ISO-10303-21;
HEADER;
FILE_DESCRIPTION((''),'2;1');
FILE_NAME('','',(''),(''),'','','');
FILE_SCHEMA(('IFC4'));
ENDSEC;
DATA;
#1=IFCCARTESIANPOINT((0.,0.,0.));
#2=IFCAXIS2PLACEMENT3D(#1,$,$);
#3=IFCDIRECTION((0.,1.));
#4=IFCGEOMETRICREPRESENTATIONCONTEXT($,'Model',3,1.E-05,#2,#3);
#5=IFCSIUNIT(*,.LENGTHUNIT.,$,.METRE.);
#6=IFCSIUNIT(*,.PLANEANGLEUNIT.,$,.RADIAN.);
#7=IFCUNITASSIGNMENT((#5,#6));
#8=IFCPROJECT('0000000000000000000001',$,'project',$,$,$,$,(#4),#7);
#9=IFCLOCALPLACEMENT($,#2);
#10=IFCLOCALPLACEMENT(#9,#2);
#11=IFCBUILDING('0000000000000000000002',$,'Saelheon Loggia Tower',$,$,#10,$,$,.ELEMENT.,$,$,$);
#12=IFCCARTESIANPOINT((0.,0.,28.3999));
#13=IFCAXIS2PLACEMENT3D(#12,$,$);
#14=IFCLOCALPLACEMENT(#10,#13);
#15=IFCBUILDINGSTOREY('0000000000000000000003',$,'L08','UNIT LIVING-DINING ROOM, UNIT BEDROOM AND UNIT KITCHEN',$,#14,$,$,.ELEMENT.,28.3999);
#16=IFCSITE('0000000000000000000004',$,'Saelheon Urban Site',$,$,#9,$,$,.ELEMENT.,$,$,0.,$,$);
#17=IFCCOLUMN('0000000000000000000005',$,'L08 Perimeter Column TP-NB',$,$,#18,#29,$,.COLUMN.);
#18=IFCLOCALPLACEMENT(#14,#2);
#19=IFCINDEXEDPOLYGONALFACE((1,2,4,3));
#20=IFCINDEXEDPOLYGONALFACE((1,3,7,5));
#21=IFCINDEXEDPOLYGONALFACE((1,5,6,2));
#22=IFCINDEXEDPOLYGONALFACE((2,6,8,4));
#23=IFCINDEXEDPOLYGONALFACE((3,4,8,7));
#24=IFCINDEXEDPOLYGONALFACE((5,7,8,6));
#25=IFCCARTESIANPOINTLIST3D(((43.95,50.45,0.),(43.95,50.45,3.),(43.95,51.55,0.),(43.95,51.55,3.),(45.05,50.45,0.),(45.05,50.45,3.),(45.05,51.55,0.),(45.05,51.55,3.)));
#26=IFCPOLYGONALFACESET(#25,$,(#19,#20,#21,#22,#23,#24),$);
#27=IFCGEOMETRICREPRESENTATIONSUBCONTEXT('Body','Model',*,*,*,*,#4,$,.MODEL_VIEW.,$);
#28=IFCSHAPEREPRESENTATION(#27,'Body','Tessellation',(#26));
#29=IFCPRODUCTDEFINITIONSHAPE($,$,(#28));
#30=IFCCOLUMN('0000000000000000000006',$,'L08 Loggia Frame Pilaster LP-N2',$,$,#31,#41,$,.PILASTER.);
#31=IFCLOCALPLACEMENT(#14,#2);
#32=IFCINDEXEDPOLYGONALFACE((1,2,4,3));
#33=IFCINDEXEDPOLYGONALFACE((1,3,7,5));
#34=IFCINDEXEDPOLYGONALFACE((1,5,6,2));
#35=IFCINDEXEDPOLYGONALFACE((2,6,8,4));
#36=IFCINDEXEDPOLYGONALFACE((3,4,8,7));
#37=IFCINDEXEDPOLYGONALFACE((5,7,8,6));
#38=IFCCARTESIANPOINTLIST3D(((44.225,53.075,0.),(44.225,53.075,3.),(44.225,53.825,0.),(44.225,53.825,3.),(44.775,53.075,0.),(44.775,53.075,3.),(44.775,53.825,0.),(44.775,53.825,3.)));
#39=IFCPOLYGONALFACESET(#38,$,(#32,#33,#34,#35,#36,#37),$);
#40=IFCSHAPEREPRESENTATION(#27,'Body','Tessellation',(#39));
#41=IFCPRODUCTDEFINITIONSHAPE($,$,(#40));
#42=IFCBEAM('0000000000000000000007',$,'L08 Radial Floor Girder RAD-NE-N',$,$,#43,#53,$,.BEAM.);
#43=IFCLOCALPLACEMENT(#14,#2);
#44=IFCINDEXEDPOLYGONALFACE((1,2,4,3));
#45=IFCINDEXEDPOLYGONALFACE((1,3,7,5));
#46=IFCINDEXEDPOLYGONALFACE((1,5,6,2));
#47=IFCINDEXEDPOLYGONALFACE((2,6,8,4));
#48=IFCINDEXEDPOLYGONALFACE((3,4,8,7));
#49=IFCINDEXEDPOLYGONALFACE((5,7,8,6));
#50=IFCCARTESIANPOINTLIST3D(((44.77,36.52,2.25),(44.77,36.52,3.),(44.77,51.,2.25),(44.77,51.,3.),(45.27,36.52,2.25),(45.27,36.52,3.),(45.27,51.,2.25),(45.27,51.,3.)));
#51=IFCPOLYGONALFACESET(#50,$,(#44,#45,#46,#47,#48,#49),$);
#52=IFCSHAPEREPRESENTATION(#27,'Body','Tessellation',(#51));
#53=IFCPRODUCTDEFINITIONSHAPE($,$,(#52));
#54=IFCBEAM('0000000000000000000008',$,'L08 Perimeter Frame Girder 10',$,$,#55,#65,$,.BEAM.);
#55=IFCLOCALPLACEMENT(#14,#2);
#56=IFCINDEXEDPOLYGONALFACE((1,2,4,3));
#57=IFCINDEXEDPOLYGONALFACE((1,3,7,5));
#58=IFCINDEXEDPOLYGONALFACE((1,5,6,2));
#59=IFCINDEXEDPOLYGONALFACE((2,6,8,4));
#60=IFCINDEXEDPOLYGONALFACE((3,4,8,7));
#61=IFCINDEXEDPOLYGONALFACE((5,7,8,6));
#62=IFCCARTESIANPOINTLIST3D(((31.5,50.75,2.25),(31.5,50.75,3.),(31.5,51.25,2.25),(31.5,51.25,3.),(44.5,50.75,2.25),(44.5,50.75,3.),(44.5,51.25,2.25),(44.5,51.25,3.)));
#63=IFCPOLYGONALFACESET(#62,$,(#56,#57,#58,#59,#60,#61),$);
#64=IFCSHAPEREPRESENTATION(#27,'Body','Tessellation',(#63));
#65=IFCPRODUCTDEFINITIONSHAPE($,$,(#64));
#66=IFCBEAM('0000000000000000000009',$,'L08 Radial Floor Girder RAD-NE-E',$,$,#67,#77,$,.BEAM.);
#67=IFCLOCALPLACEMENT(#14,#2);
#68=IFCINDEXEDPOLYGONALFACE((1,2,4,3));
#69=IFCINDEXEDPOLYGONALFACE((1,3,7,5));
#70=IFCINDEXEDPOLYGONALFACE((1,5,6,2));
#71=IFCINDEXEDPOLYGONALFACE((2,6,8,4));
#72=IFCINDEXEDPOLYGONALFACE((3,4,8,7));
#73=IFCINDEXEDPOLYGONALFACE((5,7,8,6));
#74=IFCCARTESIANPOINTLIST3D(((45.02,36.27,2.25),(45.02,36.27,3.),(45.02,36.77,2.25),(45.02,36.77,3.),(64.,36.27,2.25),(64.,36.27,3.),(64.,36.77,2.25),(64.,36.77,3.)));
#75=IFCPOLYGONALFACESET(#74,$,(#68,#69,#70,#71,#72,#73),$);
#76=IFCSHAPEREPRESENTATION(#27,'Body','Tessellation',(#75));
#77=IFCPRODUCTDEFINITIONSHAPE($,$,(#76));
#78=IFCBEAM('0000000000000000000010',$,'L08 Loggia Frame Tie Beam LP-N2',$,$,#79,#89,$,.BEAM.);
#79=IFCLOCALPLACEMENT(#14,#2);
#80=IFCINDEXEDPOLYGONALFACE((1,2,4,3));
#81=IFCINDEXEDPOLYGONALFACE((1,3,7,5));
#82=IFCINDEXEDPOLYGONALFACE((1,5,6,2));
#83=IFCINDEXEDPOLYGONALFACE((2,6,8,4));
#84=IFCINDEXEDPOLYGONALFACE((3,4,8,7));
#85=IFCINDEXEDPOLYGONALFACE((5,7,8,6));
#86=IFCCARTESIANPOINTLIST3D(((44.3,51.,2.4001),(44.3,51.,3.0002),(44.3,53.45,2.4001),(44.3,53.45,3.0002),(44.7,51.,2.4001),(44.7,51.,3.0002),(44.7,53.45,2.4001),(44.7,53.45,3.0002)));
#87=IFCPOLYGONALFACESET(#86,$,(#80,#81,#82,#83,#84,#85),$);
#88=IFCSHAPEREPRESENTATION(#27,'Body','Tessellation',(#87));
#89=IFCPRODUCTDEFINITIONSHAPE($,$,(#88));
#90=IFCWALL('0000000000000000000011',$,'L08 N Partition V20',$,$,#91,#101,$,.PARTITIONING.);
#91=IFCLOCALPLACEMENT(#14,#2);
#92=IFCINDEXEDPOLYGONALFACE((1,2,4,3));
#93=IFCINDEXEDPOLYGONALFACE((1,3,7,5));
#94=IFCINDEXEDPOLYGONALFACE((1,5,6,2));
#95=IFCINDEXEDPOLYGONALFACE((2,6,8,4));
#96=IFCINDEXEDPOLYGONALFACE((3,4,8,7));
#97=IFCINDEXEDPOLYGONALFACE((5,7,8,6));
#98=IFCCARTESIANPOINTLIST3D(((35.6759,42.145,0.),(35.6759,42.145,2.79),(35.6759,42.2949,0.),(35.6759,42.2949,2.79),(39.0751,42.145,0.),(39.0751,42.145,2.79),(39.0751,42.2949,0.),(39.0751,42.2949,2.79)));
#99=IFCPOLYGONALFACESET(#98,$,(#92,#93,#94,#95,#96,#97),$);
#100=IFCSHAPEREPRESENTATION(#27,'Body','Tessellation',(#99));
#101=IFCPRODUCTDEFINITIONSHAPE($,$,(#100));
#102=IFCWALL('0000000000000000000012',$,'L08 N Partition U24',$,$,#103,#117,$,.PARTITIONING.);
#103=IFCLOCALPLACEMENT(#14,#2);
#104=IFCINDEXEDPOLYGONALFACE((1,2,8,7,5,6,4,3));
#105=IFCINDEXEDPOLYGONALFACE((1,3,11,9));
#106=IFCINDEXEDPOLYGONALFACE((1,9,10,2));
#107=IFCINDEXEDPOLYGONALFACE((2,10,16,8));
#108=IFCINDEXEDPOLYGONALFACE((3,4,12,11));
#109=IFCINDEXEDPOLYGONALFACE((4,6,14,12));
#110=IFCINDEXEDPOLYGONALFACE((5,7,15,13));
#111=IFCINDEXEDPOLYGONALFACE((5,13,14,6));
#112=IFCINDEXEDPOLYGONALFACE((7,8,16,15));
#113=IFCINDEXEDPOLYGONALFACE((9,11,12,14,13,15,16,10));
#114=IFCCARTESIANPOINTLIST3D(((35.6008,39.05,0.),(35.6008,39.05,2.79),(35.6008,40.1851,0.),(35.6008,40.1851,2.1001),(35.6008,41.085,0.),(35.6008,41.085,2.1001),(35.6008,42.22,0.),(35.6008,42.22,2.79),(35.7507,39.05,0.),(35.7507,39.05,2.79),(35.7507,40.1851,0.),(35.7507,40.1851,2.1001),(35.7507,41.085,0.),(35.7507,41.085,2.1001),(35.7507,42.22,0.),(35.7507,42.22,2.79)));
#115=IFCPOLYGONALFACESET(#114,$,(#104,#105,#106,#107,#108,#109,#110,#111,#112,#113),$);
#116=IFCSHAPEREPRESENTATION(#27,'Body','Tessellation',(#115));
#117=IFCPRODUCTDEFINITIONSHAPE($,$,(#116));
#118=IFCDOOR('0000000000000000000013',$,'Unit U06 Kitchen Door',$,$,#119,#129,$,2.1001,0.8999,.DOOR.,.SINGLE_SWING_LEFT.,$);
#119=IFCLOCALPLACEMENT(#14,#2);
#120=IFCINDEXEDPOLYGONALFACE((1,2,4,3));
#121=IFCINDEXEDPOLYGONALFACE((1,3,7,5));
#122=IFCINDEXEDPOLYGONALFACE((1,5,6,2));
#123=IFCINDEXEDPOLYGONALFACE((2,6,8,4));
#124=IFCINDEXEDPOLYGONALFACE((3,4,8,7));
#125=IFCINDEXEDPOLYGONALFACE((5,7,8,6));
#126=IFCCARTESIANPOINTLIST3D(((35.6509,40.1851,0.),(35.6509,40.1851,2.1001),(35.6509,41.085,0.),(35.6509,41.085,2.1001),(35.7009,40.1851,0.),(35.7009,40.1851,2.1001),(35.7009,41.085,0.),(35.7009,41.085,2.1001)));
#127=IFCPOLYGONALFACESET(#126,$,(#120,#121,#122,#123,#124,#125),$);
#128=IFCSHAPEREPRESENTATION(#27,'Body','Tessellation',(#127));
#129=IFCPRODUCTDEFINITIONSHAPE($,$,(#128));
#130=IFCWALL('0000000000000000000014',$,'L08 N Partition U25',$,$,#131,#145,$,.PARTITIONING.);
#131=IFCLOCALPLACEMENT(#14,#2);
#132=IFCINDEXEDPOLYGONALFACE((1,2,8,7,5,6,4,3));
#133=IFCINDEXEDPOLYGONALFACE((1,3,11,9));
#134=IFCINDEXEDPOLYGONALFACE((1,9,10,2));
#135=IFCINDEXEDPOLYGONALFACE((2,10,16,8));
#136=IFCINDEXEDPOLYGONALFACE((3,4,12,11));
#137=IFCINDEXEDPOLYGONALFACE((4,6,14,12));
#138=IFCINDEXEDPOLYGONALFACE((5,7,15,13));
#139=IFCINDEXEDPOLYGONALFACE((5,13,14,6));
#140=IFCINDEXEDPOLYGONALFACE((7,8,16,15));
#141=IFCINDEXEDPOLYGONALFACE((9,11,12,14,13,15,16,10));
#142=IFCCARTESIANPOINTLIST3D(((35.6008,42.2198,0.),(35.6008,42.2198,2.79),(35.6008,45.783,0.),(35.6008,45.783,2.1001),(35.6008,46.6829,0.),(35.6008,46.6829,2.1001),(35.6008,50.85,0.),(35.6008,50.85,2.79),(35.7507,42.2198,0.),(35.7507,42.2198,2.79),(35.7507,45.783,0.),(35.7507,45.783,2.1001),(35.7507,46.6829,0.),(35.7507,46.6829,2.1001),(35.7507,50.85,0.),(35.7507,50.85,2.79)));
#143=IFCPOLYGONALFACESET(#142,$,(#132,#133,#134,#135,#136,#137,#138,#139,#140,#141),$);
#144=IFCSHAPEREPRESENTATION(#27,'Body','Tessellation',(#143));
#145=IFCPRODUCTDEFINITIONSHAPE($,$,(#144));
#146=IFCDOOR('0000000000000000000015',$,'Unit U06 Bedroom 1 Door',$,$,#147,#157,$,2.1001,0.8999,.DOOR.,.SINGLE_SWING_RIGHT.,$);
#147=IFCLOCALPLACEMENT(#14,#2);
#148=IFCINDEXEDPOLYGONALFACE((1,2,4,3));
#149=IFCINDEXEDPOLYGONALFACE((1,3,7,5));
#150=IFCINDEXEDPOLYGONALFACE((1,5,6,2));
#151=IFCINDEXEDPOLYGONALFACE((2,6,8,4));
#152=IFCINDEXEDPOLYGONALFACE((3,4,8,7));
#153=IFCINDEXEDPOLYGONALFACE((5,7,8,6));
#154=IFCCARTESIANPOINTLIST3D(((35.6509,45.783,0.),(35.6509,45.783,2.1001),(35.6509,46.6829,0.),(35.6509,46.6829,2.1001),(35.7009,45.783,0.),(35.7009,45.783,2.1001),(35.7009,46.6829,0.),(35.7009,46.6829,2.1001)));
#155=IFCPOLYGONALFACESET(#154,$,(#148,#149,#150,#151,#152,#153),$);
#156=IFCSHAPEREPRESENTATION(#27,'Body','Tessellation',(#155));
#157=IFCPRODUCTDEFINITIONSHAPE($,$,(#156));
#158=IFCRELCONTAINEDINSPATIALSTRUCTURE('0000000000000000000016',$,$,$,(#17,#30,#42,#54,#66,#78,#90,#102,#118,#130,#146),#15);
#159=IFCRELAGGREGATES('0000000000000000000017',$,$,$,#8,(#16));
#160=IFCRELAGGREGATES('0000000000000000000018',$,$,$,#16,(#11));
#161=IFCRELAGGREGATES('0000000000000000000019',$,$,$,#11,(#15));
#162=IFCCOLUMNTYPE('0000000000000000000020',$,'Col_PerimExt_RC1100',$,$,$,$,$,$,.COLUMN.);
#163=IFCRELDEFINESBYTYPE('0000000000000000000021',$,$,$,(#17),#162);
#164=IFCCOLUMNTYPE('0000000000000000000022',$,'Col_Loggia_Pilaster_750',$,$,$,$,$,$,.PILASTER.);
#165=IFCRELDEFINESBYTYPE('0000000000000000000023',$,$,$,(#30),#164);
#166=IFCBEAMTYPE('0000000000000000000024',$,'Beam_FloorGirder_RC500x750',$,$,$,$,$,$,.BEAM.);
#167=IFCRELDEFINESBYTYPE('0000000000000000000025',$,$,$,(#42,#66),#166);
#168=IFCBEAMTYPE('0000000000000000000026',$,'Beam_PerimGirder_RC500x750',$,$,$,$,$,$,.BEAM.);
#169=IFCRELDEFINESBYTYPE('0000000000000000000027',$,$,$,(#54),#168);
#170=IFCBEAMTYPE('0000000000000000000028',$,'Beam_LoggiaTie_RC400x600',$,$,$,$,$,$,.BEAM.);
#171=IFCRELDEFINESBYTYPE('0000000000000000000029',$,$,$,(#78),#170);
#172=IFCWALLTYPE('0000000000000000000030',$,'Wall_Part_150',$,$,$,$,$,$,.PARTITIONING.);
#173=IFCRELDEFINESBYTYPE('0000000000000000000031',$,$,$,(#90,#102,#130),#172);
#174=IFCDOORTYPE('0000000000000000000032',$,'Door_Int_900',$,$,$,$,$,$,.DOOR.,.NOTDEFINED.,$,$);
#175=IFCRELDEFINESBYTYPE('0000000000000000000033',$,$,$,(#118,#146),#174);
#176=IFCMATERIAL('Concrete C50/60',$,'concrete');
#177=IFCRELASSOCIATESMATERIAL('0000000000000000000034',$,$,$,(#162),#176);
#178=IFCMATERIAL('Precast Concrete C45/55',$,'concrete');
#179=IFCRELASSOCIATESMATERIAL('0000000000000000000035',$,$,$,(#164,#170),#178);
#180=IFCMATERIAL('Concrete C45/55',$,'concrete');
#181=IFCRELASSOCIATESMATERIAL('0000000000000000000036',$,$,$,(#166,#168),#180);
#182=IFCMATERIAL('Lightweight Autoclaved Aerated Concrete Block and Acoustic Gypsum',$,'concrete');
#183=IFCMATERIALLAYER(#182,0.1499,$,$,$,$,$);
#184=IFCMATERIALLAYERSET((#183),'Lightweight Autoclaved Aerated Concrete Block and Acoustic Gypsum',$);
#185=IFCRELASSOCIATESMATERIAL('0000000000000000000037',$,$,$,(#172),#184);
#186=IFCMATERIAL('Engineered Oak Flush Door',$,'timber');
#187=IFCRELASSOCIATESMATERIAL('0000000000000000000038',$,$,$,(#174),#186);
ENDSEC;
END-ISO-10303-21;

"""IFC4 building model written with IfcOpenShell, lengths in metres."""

from ifc_helpers import new_model, si_unit, direction, frame, frame_2d, origin, origin_2d, place, context, subcontext, project, spatial, rectangle, extrude, source, transform, mapped, material, layer, layer_set, material_profile, profile_set, type_object, element, fill, save


model = new_model("IFC4")

# Units and contexts
model_context = context("Model", 3, precision=1e-05, world=origin(), true_north=direction((0.0, 1.0)))
body_context = subcontext(model_context, "Body", "Model", "MODEL_VIEW")
ifc_project = project(units=[si_unit("LENGTHUNIT", "METRE"), si_unit("PLANEANGLEUNIT", "RADIAN")], contexts=[model_context])

# Site, building, storey
site_placement = place(None, origin())
site = spatial("IfcSite", under=ifc_project, at=site_placement, Name="Saelheon Urban Site", CompositionType="ELEMENT", RefElevation=0.0)
building_placement = place(site_placement, origin())
building = spatial("IfcBuilding", under=site, at=building_placement, Name="Saelheon Loggia Tower", CompositionType="ELEMENT")
storey_placement = place(building_placement, frame((0.0, 0.0, 28.3999)))
storey = spatial("IfcBuildingStorey", under=building, at=storey_placement, Name="L08", Description="UNIT LIVING-DINING ROOM, UNIT BEDROOM AND UNIT KITCHEN", CompositionType="ELEMENT", Elevation=28.3999)

# Columns
ifc_material_1 = material(Name="Concrete C50/60", Category="concrete")
ifc_material_profile_1 = material_profile(ifc_material_1, rectangle(XDim=1.1001, YDim=1.1001, at=origin_2d()), Name="RC-1100x1100")
ifc_profile_set_1 = profile_set([ifc_material_profile_1], Name="Concrete C50/60")
column_type_1 = type_object("IfcColumnType", Name="Col_PerimExt_RC1100", PredefinedType="COLUMN", material=ifc_profile_set_1)
shared_shape_1 = source(origin(), body_context, "Body", "SweptSolid", [
    extrude(rectangle(XDim=1.1001, YDim=1.1001, at=origin_2d()), origin(), (0.0, 0.0, 1.0), 3.0),
])
column_1_placement = place(storey_placement, frame((44.5, 51.0, 0.0), z_axis=(0.0, 0.0, 1.0), x_axis=(1.0, 0.0, 0.0)))
element("IfcColumn", 1, at=column_1_placement, inside=storey, type_object=column_type_1, Name="L08 Perimeter Column TP-NB", PredefinedType="COLUMN", context=body_context, shape_type="MappedRepresentation", body=[
    mapped(shared_shape_1, transform((0.0, 0.0, 0.0), scale=1.0)),
])
ifc_material_2 = material(Name="Precast Concrete C45/55", Category="concrete")
ifc_material_profile_2 = material_profile(ifc_material_2, rectangle(XDim=0.55, YDim=0.75, at=origin_2d()), Name="RC-550x750")
ifc_profile_set_2 = profile_set([ifc_material_profile_2], Name="Precast Concrete C45/55")
column_type_2 = type_object("IfcColumnType", Name="Col_Loggia_Pilaster_750", PredefinedType="PILASTER", material=ifc_profile_set_2)
shared_shape_2 = source(origin(), body_context, "Body", "SweptSolid", [
    extrude(rectangle(XDim=0.55, YDim=0.75, at=origin_2d()), origin(), (0.0, 0.0, 1.0), 3.0),
])
column_2_placement = place(storey_placement, frame((44.5, 53.45, 0.0), z_axis=(0.0, 0.0, 1.0), x_axis=(1.0, 0.0, 0.0)))
element("IfcColumn", 2, at=column_2_placement, inside=storey, type_object=column_type_2, Name="L08 Loggia Frame Pilaster LP-N2", PredefinedType="PILASTER", context=body_context, shape_type="MappedRepresentation", body=[
    mapped(shared_shape_2, transform((0.0, 0.0, 0.0), scale=1.0)),
])

# Beams
ifc_material_3 = material(Name="Concrete C45/55", Category="concrete")
ifc_material_profile_3 = material_profile(ifc_material_3, rectangle(XDim=0.5, YDim=0.75, at=origin_2d()), Name="RC-500x750")
ifc_profile_set_3 = profile_set([ifc_material_profile_3], Name="Concrete C45/55")
beam_type_1 = type_object("IfcBeamType", Name="Beam_FloorGirder_RC500x750", PredefinedType="BEAM", material=ifc_profile_set_3)
shared_shape_3 = source(origin(), body_context, "Body", "SweptSolid", [
    extrude(rectangle(XDim=0.5, YDim=0.75, at=origin_2d()), origin(), (0.0, 0.0, 1.0), 14.48),
])
beam_1_placement = place(storey_placement, frame((45.02, 36.52, 2.625), z_axis=(0.0, 1.0, 0.0), x_axis=(-1.0, 0.0, 0.0)))
element("IfcBeam", 3, at=beam_1_placement, inside=storey, type_object=beam_type_1, Name="L08 Radial Floor Girder RAD-NE-N", PredefinedType="BEAM", context=body_context, shape_type="MappedRepresentation", body=[
    mapped(shared_shape_3, transform((0.0, 0.0, 0.0), scale=1.0)),
])
ifc_material_profile_4 = material_profile(ifc_material_3, rectangle(XDim=0.5, YDim=0.75, at=origin_2d()), Name="RC-500x750")
ifc_profile_set_4 = profile_set([ifc_material_profile_4], Name="Concrete C45/55")
beam_type_2 = type_object("IfcBeamType", Name="Beam_PerimGirder_RC500x750", PredefinedType="BEAM", material=ifc_profile_set_4)
shared_shape_4 = source(origin(), body_context, "Body", "SweptSolid", [
    extrude(rectangle(XDim=0.5, YDim=0.75, at=origin_2d()), origin(), (0.0, 0.0, 1.0), 13.0),
])
beam_2_placement = place(storey_placement, frame((44.5, 51.0, 2.625), z_axis=(-1.0, 0.0, 0.0), x_axis=(0.0, -1.0, 0.0)))
element("IfcBeam", 4, at=beam_2_placement, inside=storey, type_object=beam_type_2, Name="L08 Perimeter Frame Girder 10", PredefinedType="BEAM", context=body_context, shape_type="MappedRepresentation", body=[
    mapped(shared_shape_4, transform((0.0, 0.0, 0.0), scale=1.0)),
])
shared_shape_5 = source(origin(), body_context, "Body", "SweptSolid", [
    extrude(rectangle(XDim=0.5, YDim=0.75, at=origin_2d()), origin(), (0.0, 0.0, 1.0), 18.98),
])
beam_3_placement = place(storey_placement, frame((45.02, 36.52, 2.625), z_axis=(1.0, 0.0, 0.0), x_axis=(0.0, 1.0, 0.0)))
element("IfcBeam", 5, at=beam_3_placement, inside=storey, type_object=beam_type_1, Name="L08 Radial Floor Girder RAD-NE-E", PredefinedType="BEAM", context=body_context, shape_type="MappedRepresentation", body=[
    mapped(shared_shape_5, transform((0.0, 0.0, 0.0), scale=1.0)),
])
ifc_material_profile_5 = material_profile(ifc_material_2, rectangle(XDim=0.3999, YDim=0.6001, at=origin_2d()), Name="RC-400x600")
ifc_profile_set_5 = profile_set([ifc_material_profile_5], Name="Precast Concrete C45/55")
beam_type_3 = type_object("IfcBeamType", Name="Beam_LoggiaTie_RC400x600", PredefinedType="BEAM", material=ifc_profile_set_5)
shared_shape_6 = source(origin(), body_context, "Body", "SweptSolid", [
    extrude(rectangle(XDim=0.3999, YDim=0.6001, at=origin_2d()), origin(), (0.0, 0.0, 1.0), 2.45),
])
beam_4_placement = place(storey_placement, frame((44.5, 51.0, 2.7002), z_axis=(0.0, 1.0, 0.0), x_axis=(-1.0, 0.0, 0.0)))
element("IfcBeam", 6, at=beam_4_placement, inside=storey, type_object=beam_type_3, Name="L08 Loggia Frame Tie Beam LP-N2", PredefinedType="BEAM", context=body_context, shape_type="MappedRepresentation", body=[
    mapped(shared_shape_6, transform((0.0, 0.0, 0.0), scale=1.0)),
])

# Wall
ifc_material_4 = material(Name="Lightweight Autoclaved Aerated Concrete Block and Acoustic Gypsum", Category="concrete")
ifc_layer_1 = layer(ifc_material_4, 0.1499)
ifc_layer_set_1 = layer_set([ifc_layer_1], Name="Lightweight Autoclaved Aerated Concrete Block and Acoustic Gypsum")
wall_type_1 = type_object("IfcWallType", Name="Wall_Part_150", PredefinedType="PARTITIONING", material=ifc_layer_set_1)
wall_1_placement = place(storey_placement, frame((35.6758, 42.22, 0.0), z_axis=(0.0, 0.0, 1.0), x_axis=(1.0, 0.0, 0.0)))
element("IfcWall", 7, at=wall_1_placement, inside=storey, type_object=wall_type_1, Name="L08 N Partition V20", PredefinedType="PARTITIONING", context=body_context, shape_type="SweptSolid", body=[
    extrude(rectangle(XDim=3.3992, YDim=0.1499, at=frame_2d((1.6997, 0.0))), origin(), (0.0, 0.0, 1.0), 2.79),
])

# Walls, openings, doors
wall_2_placement = place(storey_placement, frame((35.6758, 39.05, 0.0), z_axis=(0.0, 0.0, 1.0), x_axis=(0.0, 1.0, 0.0)))
wall_2 = element("IfcWall", 8, at=wall_2_placement, inside=storey, type_object=wall_type_1, Name="L08 N Partition U24", PredefinedType="PARTITIONING", context=body_context, shape_type="SweptSolid", body=[
    extrude(rectangle(XDim=3.1699, YDim=0.1499, at=frame_2d((1.585, 0.0))), origin(), (0.0, 0.0, 1.0), 2.79),
])
opening_1_placement = place(wall_2_placement, frame((1.135, 0.0, 0.0)))
opening_1 = element("IfcOpeningElement", 9, at=opening_1_placement, cuts=wall_2, PredefinedType="OPENING", context=body_context, shape_type="SweptSolid", body=[
    extrude(rectangle(XDim=0.8999, YDim=2.1001, at=frame_2d((0.45, 1.05))), frame((0.0, 0.0869, 0.0), z_axis=(0.0, -1.0, 0.0), x_axis=(1.0, 0.0, 0.0)), (0.0, 0.0, 1.0), 0.1738),
])
ifc_material_5 = material(Name="Engineered Oak Flush Door", Category="timber")
door_type_1 = type_object("IfcDoorType", Name="Door_Int_900", OperationType="NOTDEFINED", PredefinedType="DOOR", material=ifc_material_5)
shared_shape_7 = source(origin(), body_context, "Body", "SweptSolid", [
    extrude(rectangle(XDim=0.8999, YDim=2.1001, at=frame_2d((0.45, 1.05))), frame((0.0, 0.0249, 0.0), z_axis=(0.0, -1.0, 0.0), x_axis=(1.0, 0.0, 0.0)), (0.0, 0.0, 1.0), 0.05),
])
door_1_placement = place(opening_1_placement, origin())
door_1 = element("IfcDoor", 10, at=door_1_placement, inside=storey, type_object=door_type_1, Name="Unit U06 Kitchen Door", OperationType="SINGLE_SWING_LEFT", OverallHeight=2.1001, OverallWidth=0.8999, PredefinedType="DOOR", context=body_context, shape_type="MappedRepresentation", body=[
    mapped(shared_shape_7, transform((0.0, 0.0, 0.0), scale=1.0)),
])
fill(opening_1, door_1)
wall_3_placement = place(storey_placement, frame((35.6758, 42.22, 0.0), z_axis=(0.0, 0.0, 1.0), x_axis=(0.0, 1.0, 0.0)))
wall_3 = element("IfcWall", 11, at=wall_3_placement, inside=storey, type_object=wall_type_1, Name="L08 N Partition U25", PredefinedType="PARTITIONING", context=body_context, shape_type="SweptSolid", body=[
    extrude(rectangle(XDim=8.6301, YDim=0.1499, at=frame_2d((4.3149, 0.0))), origin(), (0.0, 0.0, 1.0), 2.79),
])
opening_2_placement = place(wall_3_placement, frame((3.563, 0.0, 0.0)))
opening_2 = element("IfcOpeningElement", 12, at=opening_2_placement, cuts=wall_3, PredefinedType="OPENING", context=body_context, shape_type="SweptSolid", body=[
    extrude(rectangle(XDim=0.8999, YDim=2.1001, at=frame_2d((0.45, 1.05))), frame((0.0, 0.0869, 0.0), z_axis=(0.0, -1.0, 0.0), x_axis=(1.0, 0.0, 0.0)), (0.0, 0.0, 1.0), 0.1738),
])
door_2_placement = place(opening_2_placement, origin())
door_2 = element("IfcDoor", 13, at=door_2_placement, inside=storey, type_object=door_type_1, Name="Unit U06 Bedroom 1 Door", OperationType="SINGLE_SWING_RIGHT", OverallHeight=2.1001, OverallWidth=0.8999, PredefinedType="DOOR", context=body_context, shape_type="MappedRepresentation", body=[
    mapped(shared_shape_7, transform((0.0, 0.0, 0.0), scale=1.0)),
])
fill(opening_2, door_2)

save(model, "model.ifc")
